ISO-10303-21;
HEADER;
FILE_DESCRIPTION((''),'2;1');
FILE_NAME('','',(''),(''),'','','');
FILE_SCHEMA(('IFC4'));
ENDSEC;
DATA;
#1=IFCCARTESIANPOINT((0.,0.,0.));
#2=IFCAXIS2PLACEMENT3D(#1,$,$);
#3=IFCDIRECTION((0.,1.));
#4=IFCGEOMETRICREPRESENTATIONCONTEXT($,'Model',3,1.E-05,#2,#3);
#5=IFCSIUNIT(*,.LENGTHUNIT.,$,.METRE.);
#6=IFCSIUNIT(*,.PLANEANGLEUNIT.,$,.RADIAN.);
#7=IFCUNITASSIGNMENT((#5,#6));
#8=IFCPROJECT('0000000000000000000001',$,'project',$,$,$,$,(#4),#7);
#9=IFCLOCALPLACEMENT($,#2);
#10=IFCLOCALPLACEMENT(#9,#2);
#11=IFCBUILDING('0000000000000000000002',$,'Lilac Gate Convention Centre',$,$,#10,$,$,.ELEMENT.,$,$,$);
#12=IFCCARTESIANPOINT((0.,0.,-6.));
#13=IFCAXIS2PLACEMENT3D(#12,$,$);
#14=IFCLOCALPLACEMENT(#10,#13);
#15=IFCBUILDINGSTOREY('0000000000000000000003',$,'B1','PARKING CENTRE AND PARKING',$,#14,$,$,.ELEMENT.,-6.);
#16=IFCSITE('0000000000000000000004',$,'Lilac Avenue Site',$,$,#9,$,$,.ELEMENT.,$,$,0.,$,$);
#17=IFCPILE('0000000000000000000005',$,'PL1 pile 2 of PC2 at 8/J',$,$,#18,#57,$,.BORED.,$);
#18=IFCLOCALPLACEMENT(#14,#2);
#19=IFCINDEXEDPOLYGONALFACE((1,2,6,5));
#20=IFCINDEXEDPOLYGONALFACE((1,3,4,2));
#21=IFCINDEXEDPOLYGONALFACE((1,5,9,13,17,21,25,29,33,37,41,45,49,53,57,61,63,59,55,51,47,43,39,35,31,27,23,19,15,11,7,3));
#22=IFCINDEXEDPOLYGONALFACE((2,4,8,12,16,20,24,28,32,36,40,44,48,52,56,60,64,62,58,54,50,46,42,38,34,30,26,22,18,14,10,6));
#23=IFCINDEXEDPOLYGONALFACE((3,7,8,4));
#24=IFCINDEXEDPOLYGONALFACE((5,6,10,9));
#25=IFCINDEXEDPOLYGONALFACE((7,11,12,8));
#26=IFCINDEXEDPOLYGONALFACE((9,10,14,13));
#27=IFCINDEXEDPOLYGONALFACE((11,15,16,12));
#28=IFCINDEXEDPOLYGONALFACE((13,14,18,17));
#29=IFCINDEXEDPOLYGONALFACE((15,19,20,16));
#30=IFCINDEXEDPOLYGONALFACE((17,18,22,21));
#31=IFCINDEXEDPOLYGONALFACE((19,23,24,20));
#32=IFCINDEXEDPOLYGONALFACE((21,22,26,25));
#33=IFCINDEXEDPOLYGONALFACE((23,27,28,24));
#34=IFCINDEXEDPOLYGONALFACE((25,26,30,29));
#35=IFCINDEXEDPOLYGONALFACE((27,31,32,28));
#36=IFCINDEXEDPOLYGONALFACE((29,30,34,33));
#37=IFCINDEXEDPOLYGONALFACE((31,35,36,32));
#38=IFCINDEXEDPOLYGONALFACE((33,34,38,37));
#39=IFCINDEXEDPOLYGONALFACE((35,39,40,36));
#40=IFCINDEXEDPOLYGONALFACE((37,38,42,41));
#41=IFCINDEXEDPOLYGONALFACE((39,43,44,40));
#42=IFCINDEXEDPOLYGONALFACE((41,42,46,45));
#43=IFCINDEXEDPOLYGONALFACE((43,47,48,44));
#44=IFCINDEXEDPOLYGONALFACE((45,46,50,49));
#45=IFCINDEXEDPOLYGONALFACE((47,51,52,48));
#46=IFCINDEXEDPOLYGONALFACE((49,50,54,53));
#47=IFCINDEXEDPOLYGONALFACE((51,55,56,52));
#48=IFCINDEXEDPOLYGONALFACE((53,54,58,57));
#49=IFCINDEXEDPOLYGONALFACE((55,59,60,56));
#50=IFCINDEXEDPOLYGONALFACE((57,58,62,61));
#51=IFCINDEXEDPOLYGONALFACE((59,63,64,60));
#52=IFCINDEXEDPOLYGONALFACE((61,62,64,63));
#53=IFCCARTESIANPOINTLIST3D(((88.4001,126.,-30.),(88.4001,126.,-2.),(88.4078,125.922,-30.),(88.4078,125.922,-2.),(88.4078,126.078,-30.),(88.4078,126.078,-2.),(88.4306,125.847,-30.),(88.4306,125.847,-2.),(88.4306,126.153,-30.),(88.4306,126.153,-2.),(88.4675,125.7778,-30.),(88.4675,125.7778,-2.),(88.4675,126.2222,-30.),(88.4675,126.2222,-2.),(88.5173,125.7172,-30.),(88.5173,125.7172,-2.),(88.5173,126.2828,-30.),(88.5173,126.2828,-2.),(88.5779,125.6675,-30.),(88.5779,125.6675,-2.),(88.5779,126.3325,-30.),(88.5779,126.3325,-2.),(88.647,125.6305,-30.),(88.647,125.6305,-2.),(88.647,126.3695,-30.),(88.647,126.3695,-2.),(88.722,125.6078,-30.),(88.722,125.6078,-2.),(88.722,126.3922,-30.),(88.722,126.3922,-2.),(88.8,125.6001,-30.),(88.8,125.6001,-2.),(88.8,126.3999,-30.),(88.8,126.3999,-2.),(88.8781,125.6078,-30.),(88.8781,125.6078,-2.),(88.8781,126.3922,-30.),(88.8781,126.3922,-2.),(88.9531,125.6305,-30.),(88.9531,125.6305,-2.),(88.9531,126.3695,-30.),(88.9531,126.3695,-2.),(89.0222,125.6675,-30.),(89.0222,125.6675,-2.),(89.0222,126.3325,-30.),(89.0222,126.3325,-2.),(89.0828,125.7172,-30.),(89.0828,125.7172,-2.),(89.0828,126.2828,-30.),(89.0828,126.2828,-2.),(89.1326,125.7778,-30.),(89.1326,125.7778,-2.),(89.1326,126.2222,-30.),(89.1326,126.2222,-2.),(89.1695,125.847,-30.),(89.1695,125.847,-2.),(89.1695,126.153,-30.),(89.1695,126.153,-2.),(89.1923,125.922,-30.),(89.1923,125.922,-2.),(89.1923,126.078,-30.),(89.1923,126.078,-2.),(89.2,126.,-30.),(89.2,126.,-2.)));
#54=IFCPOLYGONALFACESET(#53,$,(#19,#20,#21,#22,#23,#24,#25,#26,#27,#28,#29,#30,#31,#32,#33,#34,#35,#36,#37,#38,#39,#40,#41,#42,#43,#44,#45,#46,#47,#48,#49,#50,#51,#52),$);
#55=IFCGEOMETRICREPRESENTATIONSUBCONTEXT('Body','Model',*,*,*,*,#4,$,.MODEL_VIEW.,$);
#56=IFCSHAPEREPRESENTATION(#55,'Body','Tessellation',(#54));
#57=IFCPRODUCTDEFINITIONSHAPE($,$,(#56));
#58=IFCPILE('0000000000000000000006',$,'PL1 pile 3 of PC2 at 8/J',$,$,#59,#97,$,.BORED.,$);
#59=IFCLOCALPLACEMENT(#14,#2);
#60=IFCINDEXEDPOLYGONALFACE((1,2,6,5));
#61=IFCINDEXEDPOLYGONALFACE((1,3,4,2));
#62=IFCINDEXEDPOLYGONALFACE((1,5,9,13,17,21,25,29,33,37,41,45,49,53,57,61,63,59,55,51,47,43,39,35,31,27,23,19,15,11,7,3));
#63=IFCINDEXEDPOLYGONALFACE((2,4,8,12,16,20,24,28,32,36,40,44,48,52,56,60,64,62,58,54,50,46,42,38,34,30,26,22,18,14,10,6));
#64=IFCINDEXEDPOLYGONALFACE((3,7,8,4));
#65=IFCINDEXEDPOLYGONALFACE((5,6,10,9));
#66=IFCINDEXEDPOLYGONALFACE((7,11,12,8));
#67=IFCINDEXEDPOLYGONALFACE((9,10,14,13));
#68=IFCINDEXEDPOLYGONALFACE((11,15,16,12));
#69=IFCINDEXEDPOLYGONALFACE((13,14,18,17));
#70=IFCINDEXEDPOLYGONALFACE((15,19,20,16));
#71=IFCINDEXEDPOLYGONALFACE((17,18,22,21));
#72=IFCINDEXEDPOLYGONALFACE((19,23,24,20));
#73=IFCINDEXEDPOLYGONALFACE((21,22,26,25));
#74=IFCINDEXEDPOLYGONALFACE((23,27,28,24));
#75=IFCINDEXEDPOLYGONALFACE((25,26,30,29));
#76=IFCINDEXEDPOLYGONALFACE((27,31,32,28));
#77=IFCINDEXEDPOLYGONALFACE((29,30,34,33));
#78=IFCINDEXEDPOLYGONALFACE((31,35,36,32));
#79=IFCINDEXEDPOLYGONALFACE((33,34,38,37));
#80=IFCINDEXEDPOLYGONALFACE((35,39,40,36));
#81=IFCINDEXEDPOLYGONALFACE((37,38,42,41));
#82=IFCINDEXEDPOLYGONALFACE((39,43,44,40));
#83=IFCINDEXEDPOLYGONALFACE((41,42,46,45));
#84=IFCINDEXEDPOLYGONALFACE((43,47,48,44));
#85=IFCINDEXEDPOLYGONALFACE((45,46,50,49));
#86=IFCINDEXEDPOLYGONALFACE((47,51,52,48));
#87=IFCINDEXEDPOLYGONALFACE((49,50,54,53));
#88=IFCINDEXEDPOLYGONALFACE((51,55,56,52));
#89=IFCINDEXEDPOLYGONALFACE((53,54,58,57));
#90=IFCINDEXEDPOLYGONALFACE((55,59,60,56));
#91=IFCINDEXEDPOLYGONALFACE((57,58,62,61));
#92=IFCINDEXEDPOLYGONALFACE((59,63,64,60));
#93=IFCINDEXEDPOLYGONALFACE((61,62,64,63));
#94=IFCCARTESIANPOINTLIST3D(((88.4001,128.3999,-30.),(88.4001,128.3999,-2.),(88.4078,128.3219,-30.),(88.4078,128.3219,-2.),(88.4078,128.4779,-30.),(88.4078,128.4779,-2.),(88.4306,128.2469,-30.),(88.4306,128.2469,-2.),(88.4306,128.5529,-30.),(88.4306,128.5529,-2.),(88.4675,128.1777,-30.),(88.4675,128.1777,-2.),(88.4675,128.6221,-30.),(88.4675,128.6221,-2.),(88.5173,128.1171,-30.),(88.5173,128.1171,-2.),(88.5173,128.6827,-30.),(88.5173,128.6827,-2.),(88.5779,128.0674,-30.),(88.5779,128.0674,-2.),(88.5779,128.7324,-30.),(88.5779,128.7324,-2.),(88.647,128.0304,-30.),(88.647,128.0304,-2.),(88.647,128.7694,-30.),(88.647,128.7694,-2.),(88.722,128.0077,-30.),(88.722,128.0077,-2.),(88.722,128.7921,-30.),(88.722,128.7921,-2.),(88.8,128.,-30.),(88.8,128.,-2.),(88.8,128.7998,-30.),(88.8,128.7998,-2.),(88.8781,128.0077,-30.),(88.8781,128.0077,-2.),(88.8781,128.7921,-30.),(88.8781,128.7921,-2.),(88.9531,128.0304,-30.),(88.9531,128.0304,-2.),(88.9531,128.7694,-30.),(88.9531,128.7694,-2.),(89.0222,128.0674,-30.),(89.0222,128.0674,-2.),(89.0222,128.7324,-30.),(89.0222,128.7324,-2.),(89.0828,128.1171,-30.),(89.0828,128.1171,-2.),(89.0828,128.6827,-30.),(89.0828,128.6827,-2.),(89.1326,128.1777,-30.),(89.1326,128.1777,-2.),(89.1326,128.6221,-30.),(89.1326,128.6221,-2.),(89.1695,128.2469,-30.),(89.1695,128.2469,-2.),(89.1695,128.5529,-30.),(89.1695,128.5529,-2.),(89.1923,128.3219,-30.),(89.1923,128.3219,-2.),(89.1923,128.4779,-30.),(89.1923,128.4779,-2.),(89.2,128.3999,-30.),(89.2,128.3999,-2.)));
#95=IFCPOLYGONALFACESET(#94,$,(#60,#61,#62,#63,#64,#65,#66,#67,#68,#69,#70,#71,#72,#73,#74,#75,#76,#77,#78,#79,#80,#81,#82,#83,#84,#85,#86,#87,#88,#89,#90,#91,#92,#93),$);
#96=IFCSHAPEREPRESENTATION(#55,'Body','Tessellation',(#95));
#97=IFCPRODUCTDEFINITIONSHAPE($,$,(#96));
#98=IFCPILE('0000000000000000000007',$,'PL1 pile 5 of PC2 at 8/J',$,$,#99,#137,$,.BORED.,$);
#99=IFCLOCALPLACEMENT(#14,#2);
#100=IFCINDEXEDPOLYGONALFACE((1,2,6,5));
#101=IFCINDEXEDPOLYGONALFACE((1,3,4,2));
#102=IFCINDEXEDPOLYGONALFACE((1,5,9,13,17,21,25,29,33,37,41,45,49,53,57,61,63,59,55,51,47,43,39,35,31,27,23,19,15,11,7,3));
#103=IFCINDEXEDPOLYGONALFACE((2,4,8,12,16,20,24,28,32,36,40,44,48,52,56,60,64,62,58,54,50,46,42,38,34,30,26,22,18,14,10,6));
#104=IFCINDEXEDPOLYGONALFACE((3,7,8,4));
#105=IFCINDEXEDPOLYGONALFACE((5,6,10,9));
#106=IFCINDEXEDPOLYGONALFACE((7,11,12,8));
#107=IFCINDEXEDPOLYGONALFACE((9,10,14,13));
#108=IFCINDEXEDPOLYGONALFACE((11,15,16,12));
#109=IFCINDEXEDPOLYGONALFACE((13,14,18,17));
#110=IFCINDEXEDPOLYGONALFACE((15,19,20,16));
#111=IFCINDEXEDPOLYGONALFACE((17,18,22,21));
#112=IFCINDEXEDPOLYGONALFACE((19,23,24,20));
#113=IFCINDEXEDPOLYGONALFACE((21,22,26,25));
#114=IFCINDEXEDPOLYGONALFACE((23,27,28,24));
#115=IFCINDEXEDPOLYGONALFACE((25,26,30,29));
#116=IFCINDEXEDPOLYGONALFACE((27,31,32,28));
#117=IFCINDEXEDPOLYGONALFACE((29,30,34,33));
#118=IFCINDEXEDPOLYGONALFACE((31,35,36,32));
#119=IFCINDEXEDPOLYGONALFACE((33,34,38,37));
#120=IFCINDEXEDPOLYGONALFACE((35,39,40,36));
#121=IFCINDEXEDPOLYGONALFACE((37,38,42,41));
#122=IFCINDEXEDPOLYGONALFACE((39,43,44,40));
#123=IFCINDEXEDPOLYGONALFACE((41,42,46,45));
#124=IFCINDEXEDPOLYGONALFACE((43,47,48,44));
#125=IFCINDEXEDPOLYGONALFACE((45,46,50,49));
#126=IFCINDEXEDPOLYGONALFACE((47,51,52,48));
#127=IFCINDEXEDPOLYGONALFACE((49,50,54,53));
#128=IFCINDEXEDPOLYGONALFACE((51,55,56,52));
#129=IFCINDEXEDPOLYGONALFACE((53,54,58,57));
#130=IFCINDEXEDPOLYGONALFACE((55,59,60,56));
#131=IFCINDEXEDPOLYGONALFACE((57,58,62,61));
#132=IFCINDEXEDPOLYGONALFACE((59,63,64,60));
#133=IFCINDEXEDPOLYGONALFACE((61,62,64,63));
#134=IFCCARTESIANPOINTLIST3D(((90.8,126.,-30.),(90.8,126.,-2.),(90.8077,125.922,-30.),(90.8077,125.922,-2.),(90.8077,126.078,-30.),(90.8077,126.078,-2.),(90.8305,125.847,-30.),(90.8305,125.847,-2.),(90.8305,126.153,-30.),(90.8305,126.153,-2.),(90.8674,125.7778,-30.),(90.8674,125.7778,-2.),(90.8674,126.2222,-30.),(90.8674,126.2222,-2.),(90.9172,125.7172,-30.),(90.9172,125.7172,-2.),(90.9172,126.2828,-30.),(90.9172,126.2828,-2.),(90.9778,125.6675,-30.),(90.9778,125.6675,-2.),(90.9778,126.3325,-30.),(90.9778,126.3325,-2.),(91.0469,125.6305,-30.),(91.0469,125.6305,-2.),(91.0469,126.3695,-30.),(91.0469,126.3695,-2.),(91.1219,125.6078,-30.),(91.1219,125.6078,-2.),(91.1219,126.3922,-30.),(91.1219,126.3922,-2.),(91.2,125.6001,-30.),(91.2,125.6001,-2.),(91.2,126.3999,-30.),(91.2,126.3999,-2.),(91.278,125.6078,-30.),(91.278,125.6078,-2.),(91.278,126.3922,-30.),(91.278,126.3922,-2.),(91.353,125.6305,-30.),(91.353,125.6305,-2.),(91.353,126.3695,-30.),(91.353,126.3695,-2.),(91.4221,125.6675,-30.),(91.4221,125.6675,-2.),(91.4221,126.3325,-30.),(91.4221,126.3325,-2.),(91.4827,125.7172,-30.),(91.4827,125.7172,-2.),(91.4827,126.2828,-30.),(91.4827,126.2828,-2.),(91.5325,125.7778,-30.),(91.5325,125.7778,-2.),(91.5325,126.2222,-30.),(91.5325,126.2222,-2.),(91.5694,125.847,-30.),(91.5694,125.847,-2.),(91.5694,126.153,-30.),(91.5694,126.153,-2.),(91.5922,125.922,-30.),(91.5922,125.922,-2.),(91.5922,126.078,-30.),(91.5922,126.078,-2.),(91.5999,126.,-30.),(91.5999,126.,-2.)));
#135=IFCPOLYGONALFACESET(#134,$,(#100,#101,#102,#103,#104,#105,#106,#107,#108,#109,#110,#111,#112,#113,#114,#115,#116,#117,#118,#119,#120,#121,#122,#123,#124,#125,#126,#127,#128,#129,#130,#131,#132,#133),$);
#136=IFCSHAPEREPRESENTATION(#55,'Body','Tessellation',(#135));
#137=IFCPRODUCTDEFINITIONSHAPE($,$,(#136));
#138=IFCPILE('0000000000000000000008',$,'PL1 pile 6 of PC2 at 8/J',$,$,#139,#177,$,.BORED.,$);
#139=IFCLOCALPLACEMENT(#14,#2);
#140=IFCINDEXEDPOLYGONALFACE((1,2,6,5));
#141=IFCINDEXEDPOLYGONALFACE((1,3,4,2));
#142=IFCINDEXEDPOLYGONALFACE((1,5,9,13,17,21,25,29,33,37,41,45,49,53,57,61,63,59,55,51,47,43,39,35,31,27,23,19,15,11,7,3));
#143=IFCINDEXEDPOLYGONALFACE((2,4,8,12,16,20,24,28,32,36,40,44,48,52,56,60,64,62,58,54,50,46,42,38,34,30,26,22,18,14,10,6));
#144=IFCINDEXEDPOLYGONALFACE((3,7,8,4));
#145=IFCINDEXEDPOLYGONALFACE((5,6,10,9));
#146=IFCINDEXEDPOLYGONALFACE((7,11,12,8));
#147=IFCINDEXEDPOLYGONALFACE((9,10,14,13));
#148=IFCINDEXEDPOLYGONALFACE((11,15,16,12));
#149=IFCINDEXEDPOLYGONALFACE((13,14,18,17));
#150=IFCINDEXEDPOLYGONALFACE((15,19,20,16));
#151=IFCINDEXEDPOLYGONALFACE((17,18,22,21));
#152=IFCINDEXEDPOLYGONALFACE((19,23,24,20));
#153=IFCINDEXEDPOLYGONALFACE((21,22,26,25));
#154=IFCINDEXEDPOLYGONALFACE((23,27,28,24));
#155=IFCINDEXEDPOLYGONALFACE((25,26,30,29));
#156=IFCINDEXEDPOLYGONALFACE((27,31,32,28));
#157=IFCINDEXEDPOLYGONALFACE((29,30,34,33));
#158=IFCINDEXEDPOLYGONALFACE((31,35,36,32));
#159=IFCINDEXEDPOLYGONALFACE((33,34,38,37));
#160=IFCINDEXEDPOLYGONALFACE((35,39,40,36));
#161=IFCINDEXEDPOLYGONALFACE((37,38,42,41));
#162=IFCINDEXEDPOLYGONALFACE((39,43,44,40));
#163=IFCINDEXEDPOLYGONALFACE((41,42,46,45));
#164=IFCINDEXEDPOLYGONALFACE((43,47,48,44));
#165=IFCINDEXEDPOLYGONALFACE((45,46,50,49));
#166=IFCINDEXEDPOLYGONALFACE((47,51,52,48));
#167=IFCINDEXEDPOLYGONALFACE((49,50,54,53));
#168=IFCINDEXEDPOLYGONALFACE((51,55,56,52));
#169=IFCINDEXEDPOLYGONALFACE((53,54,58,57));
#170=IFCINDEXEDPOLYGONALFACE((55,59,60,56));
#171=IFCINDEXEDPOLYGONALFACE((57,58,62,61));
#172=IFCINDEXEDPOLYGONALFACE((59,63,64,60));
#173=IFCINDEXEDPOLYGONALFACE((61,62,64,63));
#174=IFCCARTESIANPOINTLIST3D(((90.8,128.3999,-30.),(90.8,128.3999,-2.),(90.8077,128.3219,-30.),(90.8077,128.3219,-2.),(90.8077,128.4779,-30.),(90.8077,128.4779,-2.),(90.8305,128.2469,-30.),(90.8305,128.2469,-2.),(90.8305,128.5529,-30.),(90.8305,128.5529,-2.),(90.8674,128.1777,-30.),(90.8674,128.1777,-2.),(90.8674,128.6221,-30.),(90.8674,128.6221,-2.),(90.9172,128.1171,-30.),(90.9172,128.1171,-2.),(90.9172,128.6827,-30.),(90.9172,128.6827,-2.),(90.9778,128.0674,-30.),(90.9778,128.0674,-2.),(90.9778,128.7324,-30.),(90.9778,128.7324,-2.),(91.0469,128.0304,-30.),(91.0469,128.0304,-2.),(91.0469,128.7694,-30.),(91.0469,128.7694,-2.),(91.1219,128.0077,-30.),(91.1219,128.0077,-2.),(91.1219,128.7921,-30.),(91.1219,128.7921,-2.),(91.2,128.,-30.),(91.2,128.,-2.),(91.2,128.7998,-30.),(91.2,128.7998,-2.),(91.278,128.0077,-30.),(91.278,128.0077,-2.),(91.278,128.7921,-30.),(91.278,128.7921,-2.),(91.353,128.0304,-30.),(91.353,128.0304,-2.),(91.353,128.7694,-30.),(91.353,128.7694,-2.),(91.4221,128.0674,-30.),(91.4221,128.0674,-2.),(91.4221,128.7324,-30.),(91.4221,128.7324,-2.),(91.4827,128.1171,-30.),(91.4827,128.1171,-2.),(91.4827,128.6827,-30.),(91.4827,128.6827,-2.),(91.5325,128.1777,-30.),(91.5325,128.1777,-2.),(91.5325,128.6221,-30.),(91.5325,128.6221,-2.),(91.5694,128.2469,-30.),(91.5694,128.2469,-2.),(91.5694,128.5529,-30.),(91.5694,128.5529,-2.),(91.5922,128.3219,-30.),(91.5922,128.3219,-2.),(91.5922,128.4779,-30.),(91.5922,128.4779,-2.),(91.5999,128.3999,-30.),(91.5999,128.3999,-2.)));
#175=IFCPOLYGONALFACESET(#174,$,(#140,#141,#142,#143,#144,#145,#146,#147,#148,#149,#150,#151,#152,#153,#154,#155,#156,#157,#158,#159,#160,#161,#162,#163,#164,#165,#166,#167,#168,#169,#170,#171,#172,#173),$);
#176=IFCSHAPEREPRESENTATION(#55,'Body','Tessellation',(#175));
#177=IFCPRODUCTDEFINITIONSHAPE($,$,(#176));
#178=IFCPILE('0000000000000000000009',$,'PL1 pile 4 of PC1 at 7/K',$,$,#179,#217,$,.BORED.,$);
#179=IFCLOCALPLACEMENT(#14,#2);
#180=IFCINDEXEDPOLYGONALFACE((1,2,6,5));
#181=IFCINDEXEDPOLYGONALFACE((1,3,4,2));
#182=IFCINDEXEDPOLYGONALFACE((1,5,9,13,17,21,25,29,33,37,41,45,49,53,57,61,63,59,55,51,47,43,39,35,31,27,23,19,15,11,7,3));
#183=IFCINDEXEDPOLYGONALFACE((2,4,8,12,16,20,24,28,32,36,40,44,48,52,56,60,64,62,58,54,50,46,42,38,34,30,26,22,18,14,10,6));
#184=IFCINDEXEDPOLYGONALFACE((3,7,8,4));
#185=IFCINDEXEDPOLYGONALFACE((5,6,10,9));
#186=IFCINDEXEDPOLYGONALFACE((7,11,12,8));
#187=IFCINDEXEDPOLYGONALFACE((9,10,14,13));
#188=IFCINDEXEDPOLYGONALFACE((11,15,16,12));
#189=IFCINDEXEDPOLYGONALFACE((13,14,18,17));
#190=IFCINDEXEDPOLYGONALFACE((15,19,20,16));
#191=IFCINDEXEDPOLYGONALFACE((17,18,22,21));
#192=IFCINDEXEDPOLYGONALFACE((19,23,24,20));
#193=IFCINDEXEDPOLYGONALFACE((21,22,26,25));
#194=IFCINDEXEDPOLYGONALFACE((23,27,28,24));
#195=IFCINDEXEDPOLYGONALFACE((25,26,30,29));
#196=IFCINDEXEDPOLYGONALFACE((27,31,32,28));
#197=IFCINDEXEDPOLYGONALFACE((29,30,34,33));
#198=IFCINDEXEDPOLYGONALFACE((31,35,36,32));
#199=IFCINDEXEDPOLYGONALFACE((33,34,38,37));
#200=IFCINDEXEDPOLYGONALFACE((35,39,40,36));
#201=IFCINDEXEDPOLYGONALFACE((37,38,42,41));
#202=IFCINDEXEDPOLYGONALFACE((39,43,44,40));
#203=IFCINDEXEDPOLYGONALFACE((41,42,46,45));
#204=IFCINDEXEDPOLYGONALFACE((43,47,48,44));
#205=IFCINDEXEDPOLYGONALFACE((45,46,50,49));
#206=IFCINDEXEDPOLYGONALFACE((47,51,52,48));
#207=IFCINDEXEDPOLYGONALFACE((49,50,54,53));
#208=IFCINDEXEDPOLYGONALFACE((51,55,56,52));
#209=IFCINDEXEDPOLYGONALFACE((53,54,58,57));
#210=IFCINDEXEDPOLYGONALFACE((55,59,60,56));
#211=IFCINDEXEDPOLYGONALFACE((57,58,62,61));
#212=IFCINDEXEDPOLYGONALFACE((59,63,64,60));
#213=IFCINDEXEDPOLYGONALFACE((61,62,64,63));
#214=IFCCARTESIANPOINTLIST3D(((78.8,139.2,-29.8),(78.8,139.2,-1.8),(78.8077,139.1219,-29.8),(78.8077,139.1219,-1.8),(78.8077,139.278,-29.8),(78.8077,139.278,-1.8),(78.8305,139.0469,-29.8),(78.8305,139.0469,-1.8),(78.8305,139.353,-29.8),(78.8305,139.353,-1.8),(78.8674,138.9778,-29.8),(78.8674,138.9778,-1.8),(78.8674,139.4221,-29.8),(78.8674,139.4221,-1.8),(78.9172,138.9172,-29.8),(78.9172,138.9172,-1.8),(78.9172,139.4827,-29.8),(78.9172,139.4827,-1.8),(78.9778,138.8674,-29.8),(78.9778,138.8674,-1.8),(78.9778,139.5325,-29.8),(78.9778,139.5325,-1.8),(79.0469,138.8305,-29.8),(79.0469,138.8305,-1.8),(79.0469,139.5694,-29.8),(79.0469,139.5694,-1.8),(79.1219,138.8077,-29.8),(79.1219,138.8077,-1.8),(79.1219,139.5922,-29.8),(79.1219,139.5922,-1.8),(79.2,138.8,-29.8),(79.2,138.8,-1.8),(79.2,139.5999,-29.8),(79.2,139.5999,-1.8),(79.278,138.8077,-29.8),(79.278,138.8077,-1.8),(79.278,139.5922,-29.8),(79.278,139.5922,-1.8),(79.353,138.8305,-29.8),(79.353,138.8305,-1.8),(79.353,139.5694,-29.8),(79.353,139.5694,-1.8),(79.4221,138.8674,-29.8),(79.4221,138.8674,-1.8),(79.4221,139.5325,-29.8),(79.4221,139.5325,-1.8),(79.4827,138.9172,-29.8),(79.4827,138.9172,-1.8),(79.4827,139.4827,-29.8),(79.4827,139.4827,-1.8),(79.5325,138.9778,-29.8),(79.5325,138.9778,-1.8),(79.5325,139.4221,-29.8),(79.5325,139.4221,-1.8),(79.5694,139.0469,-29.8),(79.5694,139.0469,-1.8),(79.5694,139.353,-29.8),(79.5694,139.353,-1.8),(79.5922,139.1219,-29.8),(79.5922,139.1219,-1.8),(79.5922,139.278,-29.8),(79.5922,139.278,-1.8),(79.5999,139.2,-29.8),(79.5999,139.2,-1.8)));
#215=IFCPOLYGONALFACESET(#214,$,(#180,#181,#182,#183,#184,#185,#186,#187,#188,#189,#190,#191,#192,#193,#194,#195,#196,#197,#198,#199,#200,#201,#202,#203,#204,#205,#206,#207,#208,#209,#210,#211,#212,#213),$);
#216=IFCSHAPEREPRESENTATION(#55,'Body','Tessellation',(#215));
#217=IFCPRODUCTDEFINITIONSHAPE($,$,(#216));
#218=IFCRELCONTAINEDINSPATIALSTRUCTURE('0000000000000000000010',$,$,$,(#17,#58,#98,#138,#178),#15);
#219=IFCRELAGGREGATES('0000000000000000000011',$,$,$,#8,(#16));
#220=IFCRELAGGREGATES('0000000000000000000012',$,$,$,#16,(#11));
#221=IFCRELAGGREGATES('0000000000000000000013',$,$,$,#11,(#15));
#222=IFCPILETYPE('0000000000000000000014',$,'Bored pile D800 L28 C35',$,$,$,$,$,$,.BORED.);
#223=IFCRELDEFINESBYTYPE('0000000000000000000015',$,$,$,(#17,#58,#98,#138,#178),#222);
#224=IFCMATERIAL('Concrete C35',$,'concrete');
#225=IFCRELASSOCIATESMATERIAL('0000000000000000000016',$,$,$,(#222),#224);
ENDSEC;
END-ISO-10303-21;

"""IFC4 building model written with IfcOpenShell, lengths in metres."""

from ifc_helpers import new_model, si_unit, direction, frame, origin, origin_2d, place, context, subcontext, project, spatial, circle, extrude, material, material_profile, profile_set, type_object, element, save


model = new_model("IFC4")

# Units and contexts
model_context = context("Model", 3, precision=1e-05, world=origin(), true_north=direction((0.0, 1.0)))
body_context = subcontext(model_context, "Body", "Model", "MODEL_VIEW")
ifc_project = project(units=[si_unit("LENGTHUNIT", "METRE"), si_unit("PLANEANGLEUNIT", "RADIAN")], contexts=[model_context])

# Site, building, storey
site_placement = place(None, origin())
site = spatial("IfcSite", under=ifc_project, at=site_placement, Name="Lilac Avenue Site", CompositionType="ELEMENT", RefElevation=0.0)
building_placement = place(site_placement, origin())
building = spatial("IfcBuilding", under=site, at=building_placement, Name="Lilac Gate Convention Centre", CompositionType="ELEMENT")
storey_placement = place(building_placement, frame((0.0, 0.0, -6.0)))
storey = spatial("IfcBuildingStorey", under=building, at=storey_placement, Name="B1", Description="PARKING CENTRE AND PARKING", CompositionType="ELEMENT", Elevation=-6.0)

# Piles
ifc_material_1 = material(Name="Concrete C35", Category="concrete")
ifc_material_profile_1 = material_profile(ifc_material_1, circle(Radius=0.3999, at=origin_2d()), Name="D800")
ifc_profile_set_1 = profile_set([ifc_material_profile_1], Name="Concrete C35")
pile_type = type_object("IfcPileType", Name="Bored pile D800 L28 C35", PredefinedType="BORED", material=ifc_profile_set_1)
for number, where, z_axis, x_axis, name in (
    (1, (88.8, 126.0, -2.0), (0.0, 0.0, -1.0), (1.0, 0.0, 0.0), "PL1 pile 2 of PC2 at 8/J"),
    (2, (88.8, 128.3999, -2.0), (0.0, 0.0, -1.0), (1.0, 0.0, 0.0), "PL1 pile 3 of PC2 at 8/J"),
    (3, (91.2, 126.0, -2.0), (0.0, 0.0, -1.0), (1.0, 0.0, 0.0), "PL1 pile 5 of PC2 at 8/J"),
    (4, (91.2, 128.3999, -2.0), (0.0, 0.0, -1.0), (1.0, 0.0, 0.0), "PL1 pile 6 of PC2 at 8/J"),
    (5, (79.2, 139.2, -1.8), (0.0, 0.0, -1.0), (1.0, 0.0, 0.0), "PL1 pile 4 of PC1 at 7/K"),
):
    element("IfcPile", number, at=place(storey_placement, frame(where, z_axis=z_axis, x_axis=x_axis)), inside=storey, type_object=pile_type, Name=name, PredefinedType="BORED", context=body_context, shape_type="SweptSolid", body=[
        extrude(circle(Radius=0.3999, at=origin_2d()), origin(), (0.0, 0.0, 1.0), 28.0),
    ])

save(model, "model.ifc")
